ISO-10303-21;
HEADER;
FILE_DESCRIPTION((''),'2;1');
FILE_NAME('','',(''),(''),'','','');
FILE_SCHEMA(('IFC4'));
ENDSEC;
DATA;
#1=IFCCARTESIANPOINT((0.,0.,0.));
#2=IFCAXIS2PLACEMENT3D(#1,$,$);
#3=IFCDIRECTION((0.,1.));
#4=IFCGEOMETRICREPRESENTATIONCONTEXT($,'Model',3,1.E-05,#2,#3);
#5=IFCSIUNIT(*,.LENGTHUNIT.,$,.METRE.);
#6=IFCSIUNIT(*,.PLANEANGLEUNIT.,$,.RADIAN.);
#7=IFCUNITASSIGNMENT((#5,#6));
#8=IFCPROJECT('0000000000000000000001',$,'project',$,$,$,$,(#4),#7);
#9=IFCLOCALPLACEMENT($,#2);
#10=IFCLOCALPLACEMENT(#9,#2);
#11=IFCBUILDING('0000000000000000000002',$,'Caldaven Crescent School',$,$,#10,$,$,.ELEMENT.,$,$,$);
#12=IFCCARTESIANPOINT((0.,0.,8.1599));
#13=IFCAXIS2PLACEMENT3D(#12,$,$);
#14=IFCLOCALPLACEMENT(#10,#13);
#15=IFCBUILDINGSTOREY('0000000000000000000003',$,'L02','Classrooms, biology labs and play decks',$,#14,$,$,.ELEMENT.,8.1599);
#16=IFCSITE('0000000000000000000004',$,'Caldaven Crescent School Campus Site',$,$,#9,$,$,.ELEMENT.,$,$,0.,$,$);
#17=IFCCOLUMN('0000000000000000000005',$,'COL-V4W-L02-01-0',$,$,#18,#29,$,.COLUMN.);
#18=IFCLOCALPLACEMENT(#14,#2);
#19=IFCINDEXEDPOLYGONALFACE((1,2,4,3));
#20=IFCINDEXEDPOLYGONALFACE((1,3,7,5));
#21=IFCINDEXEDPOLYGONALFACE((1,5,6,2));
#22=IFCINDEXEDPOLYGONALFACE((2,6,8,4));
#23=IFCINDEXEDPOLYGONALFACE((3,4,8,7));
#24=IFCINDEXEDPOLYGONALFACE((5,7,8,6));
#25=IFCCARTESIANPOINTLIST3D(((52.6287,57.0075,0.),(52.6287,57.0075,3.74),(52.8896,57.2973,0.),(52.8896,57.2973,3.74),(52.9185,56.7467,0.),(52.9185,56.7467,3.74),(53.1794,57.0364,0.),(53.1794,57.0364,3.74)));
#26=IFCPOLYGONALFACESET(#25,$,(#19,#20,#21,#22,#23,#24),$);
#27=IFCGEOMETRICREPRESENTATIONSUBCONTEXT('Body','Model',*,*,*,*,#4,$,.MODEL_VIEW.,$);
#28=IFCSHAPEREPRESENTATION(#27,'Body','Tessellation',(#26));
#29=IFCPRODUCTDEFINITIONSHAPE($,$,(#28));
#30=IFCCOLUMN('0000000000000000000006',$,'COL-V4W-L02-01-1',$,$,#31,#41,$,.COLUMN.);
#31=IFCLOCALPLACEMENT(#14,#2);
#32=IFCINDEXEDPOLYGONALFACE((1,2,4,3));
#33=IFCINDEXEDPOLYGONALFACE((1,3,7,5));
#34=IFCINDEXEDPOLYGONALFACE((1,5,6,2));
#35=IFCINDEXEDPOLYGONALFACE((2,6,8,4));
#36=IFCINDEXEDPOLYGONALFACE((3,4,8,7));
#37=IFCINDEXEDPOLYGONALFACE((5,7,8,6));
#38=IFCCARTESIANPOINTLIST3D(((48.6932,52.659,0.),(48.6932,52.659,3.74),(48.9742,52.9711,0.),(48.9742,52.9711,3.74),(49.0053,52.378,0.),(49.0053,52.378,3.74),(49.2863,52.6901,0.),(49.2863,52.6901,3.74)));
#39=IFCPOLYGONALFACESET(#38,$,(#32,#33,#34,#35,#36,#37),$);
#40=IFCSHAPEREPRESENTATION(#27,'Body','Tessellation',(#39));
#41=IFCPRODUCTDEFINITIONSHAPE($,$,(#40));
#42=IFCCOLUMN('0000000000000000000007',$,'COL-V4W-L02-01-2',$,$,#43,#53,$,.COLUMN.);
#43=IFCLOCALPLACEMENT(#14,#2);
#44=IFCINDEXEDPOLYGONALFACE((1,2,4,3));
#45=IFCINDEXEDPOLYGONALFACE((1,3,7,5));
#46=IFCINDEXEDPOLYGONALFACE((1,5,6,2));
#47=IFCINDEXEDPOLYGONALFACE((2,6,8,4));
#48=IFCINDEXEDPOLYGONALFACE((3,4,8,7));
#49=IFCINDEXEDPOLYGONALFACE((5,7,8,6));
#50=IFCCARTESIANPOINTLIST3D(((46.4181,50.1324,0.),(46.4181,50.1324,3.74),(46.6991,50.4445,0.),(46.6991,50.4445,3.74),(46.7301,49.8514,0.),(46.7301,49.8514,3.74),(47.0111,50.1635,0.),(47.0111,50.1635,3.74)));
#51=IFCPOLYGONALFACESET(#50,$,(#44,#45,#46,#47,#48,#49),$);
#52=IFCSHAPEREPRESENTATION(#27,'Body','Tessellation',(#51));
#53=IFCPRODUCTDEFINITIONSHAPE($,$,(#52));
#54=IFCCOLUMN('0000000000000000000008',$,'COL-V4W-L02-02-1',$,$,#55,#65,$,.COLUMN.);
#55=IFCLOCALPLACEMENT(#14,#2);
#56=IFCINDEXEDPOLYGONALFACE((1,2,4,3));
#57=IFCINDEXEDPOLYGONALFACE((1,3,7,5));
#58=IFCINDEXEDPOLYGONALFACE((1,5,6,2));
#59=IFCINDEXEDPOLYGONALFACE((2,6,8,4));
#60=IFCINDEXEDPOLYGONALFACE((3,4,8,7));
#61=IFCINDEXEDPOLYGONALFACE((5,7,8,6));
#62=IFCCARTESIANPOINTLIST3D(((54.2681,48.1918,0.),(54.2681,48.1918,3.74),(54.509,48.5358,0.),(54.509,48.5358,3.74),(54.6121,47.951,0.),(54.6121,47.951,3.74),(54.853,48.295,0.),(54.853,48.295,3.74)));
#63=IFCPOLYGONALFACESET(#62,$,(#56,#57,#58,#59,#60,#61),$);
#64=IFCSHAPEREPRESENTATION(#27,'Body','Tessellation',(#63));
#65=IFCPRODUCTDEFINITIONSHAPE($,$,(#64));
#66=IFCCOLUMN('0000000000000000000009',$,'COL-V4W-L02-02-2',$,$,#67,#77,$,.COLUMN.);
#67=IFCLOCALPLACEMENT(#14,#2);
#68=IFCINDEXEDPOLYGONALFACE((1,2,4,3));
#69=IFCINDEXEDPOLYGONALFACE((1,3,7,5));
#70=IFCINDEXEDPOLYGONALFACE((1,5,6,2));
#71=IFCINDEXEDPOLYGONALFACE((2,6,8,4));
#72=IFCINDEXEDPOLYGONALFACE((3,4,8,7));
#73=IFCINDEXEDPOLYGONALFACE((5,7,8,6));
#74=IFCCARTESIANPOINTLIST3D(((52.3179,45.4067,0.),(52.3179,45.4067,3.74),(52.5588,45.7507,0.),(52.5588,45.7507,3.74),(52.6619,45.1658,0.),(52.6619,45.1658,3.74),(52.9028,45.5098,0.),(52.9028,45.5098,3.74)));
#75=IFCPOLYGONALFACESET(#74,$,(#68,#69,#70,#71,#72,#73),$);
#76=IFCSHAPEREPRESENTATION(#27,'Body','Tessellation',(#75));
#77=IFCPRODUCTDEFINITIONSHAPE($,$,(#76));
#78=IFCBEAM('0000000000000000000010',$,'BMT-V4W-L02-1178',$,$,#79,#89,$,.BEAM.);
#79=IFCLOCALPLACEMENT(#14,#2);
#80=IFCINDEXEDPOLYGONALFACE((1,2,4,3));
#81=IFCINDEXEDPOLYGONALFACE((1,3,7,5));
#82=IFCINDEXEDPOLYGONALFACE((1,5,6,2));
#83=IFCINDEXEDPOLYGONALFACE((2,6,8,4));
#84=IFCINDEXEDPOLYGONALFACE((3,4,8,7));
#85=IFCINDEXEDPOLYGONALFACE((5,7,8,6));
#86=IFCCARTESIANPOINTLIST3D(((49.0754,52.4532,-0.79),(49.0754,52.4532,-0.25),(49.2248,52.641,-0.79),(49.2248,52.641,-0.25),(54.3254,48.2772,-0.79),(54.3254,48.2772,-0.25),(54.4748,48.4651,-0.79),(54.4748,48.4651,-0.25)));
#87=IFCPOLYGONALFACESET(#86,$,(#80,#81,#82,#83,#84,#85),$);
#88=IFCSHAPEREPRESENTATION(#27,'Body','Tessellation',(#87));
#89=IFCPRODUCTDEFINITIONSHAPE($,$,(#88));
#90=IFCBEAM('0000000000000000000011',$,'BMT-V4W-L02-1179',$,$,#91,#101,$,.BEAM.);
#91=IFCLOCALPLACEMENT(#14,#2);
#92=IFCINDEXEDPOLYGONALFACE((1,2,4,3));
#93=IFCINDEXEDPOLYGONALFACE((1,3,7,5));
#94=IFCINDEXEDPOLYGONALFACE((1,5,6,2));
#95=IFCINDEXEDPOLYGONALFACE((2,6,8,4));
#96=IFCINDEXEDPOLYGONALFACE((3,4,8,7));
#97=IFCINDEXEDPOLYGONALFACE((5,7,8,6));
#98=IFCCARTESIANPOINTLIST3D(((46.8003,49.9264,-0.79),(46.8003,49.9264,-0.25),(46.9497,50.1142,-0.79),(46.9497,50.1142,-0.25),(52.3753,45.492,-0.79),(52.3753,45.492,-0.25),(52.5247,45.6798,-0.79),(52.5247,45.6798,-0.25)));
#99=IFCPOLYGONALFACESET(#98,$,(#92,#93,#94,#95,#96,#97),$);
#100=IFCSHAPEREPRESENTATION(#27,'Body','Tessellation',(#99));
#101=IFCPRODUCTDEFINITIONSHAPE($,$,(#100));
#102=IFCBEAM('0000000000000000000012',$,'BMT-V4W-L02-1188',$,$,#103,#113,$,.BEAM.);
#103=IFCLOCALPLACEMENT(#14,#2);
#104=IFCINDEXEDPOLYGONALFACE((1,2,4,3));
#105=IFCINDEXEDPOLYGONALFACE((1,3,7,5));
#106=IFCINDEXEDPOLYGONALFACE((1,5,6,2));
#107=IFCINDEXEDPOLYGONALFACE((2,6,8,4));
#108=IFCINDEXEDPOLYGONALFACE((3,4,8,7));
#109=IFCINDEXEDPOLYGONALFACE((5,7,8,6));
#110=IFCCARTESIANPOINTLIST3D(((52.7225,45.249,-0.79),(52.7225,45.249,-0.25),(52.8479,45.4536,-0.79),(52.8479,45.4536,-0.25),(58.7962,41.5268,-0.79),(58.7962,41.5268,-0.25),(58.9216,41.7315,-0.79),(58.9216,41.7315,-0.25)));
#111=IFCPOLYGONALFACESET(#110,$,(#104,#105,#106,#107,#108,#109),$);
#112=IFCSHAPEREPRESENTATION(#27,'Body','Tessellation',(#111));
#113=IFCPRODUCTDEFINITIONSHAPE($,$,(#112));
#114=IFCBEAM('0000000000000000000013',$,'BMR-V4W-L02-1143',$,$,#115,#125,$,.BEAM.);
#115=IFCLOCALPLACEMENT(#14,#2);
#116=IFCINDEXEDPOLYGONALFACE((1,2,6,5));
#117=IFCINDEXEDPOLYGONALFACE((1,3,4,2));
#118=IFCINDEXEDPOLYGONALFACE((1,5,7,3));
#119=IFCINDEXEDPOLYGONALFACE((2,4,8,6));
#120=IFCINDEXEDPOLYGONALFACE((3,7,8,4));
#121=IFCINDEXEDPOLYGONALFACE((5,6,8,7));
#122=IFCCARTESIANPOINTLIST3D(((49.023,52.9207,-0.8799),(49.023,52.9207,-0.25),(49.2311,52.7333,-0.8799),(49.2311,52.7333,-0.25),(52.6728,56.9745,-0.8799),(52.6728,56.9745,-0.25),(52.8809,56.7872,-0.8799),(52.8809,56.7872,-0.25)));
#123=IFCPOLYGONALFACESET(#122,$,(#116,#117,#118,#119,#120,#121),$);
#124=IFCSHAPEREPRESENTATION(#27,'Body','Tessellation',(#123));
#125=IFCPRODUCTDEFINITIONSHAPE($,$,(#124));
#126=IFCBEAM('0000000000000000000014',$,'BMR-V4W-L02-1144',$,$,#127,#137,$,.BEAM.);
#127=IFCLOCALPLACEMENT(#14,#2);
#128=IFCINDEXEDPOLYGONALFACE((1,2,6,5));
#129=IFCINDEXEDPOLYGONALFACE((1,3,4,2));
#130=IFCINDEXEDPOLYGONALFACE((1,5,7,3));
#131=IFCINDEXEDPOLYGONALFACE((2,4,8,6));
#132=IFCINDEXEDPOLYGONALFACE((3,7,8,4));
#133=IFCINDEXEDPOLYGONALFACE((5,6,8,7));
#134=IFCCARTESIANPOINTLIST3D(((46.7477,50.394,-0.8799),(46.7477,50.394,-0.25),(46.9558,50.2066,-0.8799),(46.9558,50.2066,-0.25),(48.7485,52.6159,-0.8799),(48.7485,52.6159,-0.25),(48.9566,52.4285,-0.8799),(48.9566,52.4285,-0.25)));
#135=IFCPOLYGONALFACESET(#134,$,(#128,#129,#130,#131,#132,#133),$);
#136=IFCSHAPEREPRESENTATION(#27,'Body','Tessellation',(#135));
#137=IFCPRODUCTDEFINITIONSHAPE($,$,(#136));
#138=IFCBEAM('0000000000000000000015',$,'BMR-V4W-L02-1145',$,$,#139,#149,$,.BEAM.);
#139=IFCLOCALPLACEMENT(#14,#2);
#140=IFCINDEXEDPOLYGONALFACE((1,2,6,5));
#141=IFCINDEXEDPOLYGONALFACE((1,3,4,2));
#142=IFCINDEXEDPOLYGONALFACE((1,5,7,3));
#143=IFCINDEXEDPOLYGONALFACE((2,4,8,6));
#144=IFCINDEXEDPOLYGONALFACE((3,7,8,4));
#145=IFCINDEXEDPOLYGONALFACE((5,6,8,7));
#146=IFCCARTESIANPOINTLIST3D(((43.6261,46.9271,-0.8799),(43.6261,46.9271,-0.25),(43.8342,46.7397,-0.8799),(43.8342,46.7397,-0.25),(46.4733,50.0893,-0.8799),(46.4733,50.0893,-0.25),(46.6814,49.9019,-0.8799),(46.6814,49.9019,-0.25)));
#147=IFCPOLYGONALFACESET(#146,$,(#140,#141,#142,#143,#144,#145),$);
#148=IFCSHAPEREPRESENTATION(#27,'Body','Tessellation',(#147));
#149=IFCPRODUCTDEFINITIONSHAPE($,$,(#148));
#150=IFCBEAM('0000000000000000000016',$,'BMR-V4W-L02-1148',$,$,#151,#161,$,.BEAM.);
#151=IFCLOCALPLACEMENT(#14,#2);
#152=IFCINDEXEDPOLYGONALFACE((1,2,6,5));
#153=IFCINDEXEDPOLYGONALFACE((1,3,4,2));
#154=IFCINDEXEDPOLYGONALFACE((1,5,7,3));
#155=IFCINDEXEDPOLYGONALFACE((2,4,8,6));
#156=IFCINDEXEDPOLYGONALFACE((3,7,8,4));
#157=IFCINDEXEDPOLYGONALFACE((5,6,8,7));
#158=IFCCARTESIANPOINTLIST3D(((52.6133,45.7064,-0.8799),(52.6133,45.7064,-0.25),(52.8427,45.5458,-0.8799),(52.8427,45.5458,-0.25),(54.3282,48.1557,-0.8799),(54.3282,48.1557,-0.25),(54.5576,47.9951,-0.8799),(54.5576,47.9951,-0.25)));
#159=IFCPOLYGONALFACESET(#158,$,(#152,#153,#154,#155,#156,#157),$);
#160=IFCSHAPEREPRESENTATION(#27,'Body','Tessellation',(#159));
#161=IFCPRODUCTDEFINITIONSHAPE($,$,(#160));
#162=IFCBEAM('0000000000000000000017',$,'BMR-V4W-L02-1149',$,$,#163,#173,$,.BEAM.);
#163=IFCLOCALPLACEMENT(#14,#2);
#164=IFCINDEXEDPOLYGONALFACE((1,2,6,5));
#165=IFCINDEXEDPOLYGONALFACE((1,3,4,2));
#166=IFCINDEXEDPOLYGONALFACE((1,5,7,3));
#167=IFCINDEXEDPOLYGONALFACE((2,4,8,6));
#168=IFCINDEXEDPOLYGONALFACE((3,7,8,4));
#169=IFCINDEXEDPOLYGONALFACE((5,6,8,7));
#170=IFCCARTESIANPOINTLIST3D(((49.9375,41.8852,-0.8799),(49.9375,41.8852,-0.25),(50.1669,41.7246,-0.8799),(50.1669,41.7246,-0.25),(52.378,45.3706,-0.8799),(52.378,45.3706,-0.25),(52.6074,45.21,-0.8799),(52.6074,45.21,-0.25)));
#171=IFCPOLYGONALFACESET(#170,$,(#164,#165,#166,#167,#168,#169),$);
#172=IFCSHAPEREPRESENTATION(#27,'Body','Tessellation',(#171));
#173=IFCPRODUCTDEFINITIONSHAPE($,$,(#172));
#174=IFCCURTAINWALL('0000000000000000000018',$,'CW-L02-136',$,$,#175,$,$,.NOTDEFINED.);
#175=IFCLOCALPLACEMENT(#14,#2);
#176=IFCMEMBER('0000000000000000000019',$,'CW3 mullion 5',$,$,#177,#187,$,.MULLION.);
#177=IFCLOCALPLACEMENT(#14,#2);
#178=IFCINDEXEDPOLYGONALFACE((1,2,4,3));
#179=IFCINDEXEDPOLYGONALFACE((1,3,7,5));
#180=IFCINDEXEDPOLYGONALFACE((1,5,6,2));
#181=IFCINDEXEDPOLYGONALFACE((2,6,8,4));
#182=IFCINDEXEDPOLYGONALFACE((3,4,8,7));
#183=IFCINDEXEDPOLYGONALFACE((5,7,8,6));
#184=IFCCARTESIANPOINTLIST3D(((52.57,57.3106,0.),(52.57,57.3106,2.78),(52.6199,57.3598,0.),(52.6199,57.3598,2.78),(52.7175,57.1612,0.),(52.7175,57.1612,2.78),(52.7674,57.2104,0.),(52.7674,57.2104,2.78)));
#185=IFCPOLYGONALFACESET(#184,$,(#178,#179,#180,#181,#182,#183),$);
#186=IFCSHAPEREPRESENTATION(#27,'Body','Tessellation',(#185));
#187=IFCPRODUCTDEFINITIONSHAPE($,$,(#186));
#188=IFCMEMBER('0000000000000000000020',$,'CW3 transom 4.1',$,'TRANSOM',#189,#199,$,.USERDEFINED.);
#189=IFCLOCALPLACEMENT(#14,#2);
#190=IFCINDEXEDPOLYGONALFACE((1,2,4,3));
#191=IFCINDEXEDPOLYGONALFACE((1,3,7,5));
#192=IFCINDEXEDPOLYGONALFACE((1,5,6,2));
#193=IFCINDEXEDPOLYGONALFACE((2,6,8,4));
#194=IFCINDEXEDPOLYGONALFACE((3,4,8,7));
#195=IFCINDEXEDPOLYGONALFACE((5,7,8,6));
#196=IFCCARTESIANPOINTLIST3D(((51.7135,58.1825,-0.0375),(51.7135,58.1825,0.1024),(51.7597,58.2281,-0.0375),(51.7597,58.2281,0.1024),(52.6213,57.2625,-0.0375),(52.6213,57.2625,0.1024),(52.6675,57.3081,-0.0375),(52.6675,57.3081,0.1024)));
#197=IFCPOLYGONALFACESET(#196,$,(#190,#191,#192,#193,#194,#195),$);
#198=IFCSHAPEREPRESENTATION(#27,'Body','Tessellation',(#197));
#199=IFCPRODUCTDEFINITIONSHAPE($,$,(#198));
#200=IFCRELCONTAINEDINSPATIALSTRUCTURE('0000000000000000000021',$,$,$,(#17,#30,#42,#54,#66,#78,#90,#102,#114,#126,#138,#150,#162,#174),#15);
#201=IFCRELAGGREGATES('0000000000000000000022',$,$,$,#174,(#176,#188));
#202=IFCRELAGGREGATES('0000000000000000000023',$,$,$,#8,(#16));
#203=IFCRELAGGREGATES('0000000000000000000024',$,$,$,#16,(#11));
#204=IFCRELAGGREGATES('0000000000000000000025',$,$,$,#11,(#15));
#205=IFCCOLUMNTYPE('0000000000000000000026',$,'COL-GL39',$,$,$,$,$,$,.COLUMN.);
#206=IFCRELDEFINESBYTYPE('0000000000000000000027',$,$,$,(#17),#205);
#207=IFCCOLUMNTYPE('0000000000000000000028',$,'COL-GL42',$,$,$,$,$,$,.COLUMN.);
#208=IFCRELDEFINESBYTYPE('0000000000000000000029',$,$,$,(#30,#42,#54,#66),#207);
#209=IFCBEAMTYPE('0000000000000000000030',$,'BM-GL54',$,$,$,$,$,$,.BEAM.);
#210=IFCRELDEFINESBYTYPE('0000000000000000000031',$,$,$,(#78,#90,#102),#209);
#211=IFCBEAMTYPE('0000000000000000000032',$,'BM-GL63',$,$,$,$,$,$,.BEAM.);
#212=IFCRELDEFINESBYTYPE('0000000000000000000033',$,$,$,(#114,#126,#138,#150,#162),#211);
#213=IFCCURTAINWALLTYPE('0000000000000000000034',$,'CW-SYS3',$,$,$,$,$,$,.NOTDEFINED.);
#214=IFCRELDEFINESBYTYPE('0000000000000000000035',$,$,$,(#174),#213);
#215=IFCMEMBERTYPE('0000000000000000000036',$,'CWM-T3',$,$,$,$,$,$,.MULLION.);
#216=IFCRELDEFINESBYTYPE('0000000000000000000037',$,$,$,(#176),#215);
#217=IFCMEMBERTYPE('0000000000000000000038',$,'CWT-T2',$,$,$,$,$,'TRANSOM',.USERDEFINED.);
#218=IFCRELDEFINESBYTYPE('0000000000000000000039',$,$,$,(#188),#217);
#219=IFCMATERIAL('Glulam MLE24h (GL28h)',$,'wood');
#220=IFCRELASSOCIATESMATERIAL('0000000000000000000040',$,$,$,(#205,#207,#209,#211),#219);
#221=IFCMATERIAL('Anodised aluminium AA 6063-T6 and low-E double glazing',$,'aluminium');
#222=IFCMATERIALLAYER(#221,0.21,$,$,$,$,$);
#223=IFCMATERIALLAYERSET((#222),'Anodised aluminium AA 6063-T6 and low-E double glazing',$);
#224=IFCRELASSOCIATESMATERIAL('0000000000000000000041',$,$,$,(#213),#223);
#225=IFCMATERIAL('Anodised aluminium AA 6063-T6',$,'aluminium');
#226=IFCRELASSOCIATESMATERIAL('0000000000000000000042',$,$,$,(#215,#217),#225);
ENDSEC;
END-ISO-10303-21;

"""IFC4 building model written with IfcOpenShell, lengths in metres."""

from ifc_helpers import new_model, si_unit, direction, frame, origin, origin_2d, place, context, subcontext, project, spatial, rectangle, extrude, material, layer, layer_set, material_profile, profile_set, type_object, element, aggregate, save


model = new_model("IFC4")

# Units and contexts
model_context = context("Model", 3, precision=1e-05, world=origin(), true_north=direction((0.0, 1.0)))
body_context = subcontext(model_context, "Body", "Model", "MODEL_VIEW")
ifc_project = project(units=[si_unit("LENGTHUNIT", "METRE"), si_unit("PLANEANGLEUNIT", "RADIAN")], contexts=[model_context])

# Site, building, storey
site_placement = place(None, origin())
site = spatial("IfcSite", under=ifc_project, at=site_placement, Name="Caldaven Crescent School Campus Site", CompositionType="ELEMENT", RefElevation=0.0)
building_placement = place(site_placement, origin())
building = spatial("IfcBuilding", under=site, at=building_placement, Name="Caldaven Crescent School", CompositionType="ELEMENT")
storey_placement = place(building_placement, frame((0.0, 0.0, 8.1599)))
storey = spatial("IfcBuildingStorey", under=building, at=storey_placement, Name="L02", Description="Classrooms, biology labs and play decks", CompositionType="ELEMENT", Elevation=8.1599)

# Columns
ifc_material_1 = material(Name="Glulam MLE24h (GL28h)", Category="wood")
ifc_material_profile_1 = material_profile(ifc_material_1, rectangle(XDim=0.3899, YDim=0.3899, at=origin_2d()), Name="MLE 390x390")
ifc_profile_set_1 = profile_set([ifc_material_profile_1], Name="Glulam MLE24h (GL28h)")
column_type_1 = type_object("IfcColumnType", Name="COL-GL39", PredefinedType="COLUMN", material=ifc_profile_set_1)
column_placement = place(storey_placement, frame((52.9041, 57.022, 0.0), z_axis=(0.0, 0.0, 1.0), x_axis=(-0.669131, -0.743145, 0.0)))
element("IfcColumn", 1, at=column_placement, inside=storey, type_object=column_type_1, Name="COL-V4W-L02-01-0", PredefinedType="COLUMN", context=body_context, shape_type="SweptSolid", body=[
    extrude(rectangle(XDim=0.3899, YDim=0.3899, at=origin_2d()), origin(), (0.0, 0.0, 1.0), 3.74),
])
ifc_material_profile_2 = material_profile(ifc_material_1, rectangle(XDim=0.4199, YDim=0.4199, at=origin_2d()), Name="MLE 420x420")
ifc_profile_set_2 = profile_set([ifc_material_profile_2], Name="Glulam MLE24h (GL28h)")
column_type_2 = type_object("IfcColumnType", Name="COL-GL42", PredefinedType="COLUMN", material=ifc_profile_set_2)
for number, where, z_axis, x_axis, name in (
    (2, (48.9897, 52.6746, 0.0), (0.0, 0.0, 1.0), (-0.669131, -0.743145, 0.0), "COL-V4W-L02-01-1"),
    (3, (46.7146, 50.1479, 0.0), (0.0, 0.0, 1.0), (-0.669131, -0.743145, 0.0), "COL-V4W-L02-01-2"),
    (4, (54.5605, 48.2434, 0.0), (0.0, 0.0, 1.0), (-0.573576, -0.819152, 0.0), "COL-V4W-L02-02-1"),
    (5, (52.6104, 45.4583, 0.0), (0.0, 0.0, 1.0), (-0.573576, -0.819152, 0.0), "COL-V4W-L02-02-2"),
):
    element("IfcColumn", number, at=place(storey_placement, frame(where, z_axis=z_axis, x_axis=x_axis)), inside=storey, type_object=column_type_2, Name=name, PredefinedType="COLUMN", context=body_context, shape_type="SweptSolid", body=[
        extrude(rectangle(XDim=0.4199, YDim=0.4199, at=origin_2d()), origin(), (0.0, 0.0, 1.0), 3.74),
    ])

# Beams
ifc_material_profile_3 = material_profile(ifc_material_1, rectangle(XDim=0.24, YDim=0.54, at=origin_2d()), Name="MLE 240x540")
ifc_profile_set_3 = profile_set([ifc_material_profile_3], Name="Glulam MLE24h (GL28h)")
beam_type_1 = type_object("IfcBeamType", Name="BM-GL54", PredefinedType="BEAM", material=ifc_profile_set_3)
beam_1_placement = place(storey_placement, frame((49.1501, 52.5471, -0.52), z_axis=(0.782609, -0.622513, 0.0), x_axis=(0.622513, 0.782609, 0.0)))
element("IfcBeam", 6, at=beam_1_placement, inside=storey, type_object=beam_type_1, Name="BMT-V4W-L02-1178", PredefinedType="BEAM", context=body_context, shape_type="SweptSolid", body=[
    extrude(rectangle(XDim=0.24, YDim=0.54, at=origin_2d()), origin(), (0.0, 0.0, 1.0), 6.7083),
])
for number, where, z_axis, x_axis, name in (
    (7, (46.875, 50.0203, -0.52), (0.782621, -0.622498, 0.0), (0.622498, 0.782621, 0.0), "BMT-V4W-L02-1179"),
    (8, (52.7852, 45.3513, -0.52), (0.852629, -0.522517, 0.0), (0.522517, 0.852629, 0.0), "BMT-V4W-L02-1188"),
):
    element("IfcBeam", number, at=place(storey_placement, frame(where, z_axis=z_axis, x_axis=x_axis)), inside=storey, type_object=beam_type_1, Name=name, PredefinedType="BEAM", context=body_context, shape_type="SweptSolid", body=[
        extrude(rectangle(XDim=0.24, YDim=0.54, at=origin_2d()), origin(), (0.0, 0.0, 1.0), 7.1235),
    ])
ifc_material_profile_4 = material_profile(ifc_material_1, rectangle(XDim=0.28, YDim=0.6299, at=origin_2d()), Name="MLE 280x630")
ifc_profile_set_4 = profile_set([ifc_material_profile_4], Name="Glulam MLE24h (GL28h)")
beam_type_2 = type_object("IfcBeamType", Name="BM-GL63", PredefinedType="BEAM", material=ifc_profile_set_4)
beam_2_placement = place(storey_placement, frame((52.7769, 56.8809, -0.5649), z_axis=(-0.669101, -0.743172, 0.0), x_axis=(0.743172, -0.669101, 0.0)))
element("IfcBeam", 9, at=beam_2_placement, inside=storey, type_object=beam_type_2, Name="BMR-V4W-L02-1143", PredefinedType="BEAM", context=body_context, shape_type="SweptSolid", body=[
    extrude(rectangle(XDim=0.28, YDim=0.6299, at=origin_2d()), origin(), (0.0, 0.0, 1.0), 5.4548),
])
beam_3_placement = place(storey_placement, frame((48.8525, 52.5222, -0.5649), z_axis=(-0.66915, -0.743128, 0.0), x_axis=(0.743128, -0.66915, 0.0)))
element("IfcBeam", 10, at=beam_3_placement, inside=storey, type_object=beam_type_2, Name="BMR-V4W-L02-1144", PredefinedType="BEAM", context=body_context, shape_type="SweptSolid", body=[
    extrude(rectangle(XDim=0.28, YDim=0.6299, at=origin_2d()), origin(), (0.0, 0.0, 1.0), 2.99),
])
beam_4_placement = place(storey_placement, frame((46.5774, 49.9956, -0.5649), z_axis=(-0.66913, -0.743146, 0.0), x_axis=(0.743146, -0.66913, 0.0)))
element("IfcBeam", 11, at=beam_4_placement, inside=storey, type_object=beam_type_2, Name="BMR-V4W-L02-1145", PredefinedType="BEAM", context=body_context, shape_type="SweptSolid", body=[
    extrude(rectangle(XDim=0.28, YDim=0.6299, at=origin_2d()), origin(), (0.0, 0.0, 1.0), 4.2551),
])
beam_5_placement = place(storey_placement, frame((54.4429, 48.0754, -0.5649), z_axis=(-0.57355, -0.819171, 0.0), x_axis=(0.819171, -0.57355, 0.0)))
element("IfcBeam", 12, at=beam_5_placement, inside=storey, type_object=beam_type_2, Name="BMR-V4W-L02-1148", PredefinedType="BEAM", context=body_context, shape_type="SweptSolid", body=[
    extrude(rectangle(XDim=0.28, YDim=0.6299, at=origin_2d()), origin(), (0.0, 0.0, 1.0), 2.99),
])
beam_6_placement = place(storey_placement, frame((52.4927, 45.2903, -0.5649), z_axis=(-0.57357, -0.819156, 0.0), x_axis=(0.819156, -0.57357, 0.0)))
element("IfcBeam", 13, at=beam_6_placement, inside=storey, type_object=beam_type_2, Name="BMR-V4W-L02-1149", PredefinedType="BEAM", context=body_context, shape_type="SweptSolid", body=[
    extrude(rectangle(XDim=0.28, YDim=0.6299, at=origin_2d()), origin(), (0.0, 0.0, 1.0), 4.2549),
])

# Curtain wall, members
ifc_material_2 = material(Name="Anodised aluminium AA 6063-T6 and low-E double glazing", Category="aluminium")
ifc_layer_1 = layer(ifc_material_2, 0.21)
ifc_layer_set_1 = layer_set([ifc_layer_1], Name="Anodised aluminium AA 6063-T6 and low-E double glazing")
curtain_wall_type = type_object("IfcCurtainWallType", Name="CW-SYS3", PredefinedType="NOTDEFINED", material=ifc_layer_set_1)
curtain_wall_placement = place(storey_placement, origin())
curtain_wall = element("IfcCurtainWall", 14, at=curtain_wall_placement, inside=storey, type_object=curtain_wall_type, Name="CW-L02-136", PredefinedType="NOTDEFINED")
ifc_material_3 = material(Name="Anodised aluminium AA 6063-T6", Category="aluminium")
ifc_material_profile_5 = material_profile(ifc_material_3, rectangle(XDim=0.0701, YDim=0.21, at=origin_2d()), Name="CWM 70x210")
ifc_profile_set_5 = profile_set([ifc_material_profile_5], Name="Anodised aluminium AA 6063-T6")
member_type_1 = type_object("IfcMemberType", Name="CWM-T3", PredefinedType="MULLION", material=ifc_profile_set_5)
member_1_placement = place(storey_placement, frame((52.6687, 57.2605, 0.0), z_axis=(0.0, 0.0, 1.0), x_axis=(0.711812, 0.70237, 0.0)))
member_1 = element("IfcMember", 15, at=member_1_placement, type_object=member_type_1, Name="CW3 mullion 5", PredefinedType="MULLION", context=body_context, shape_type="SweptSolid", body=[
    extrude(rectangle(XDim=0.0701, YDim=0.21, at=origin_2d()), origin(), (0.0, 0.0, 1.0), 2.78),
])
ifc_material_profile_6 = material_profile(ifc_material_3, rectangle(XDim=0.0649, YDim=0.1399, at=origin_2d()), Name="CWT 65x140")
ifc_profile_set_6 = profile_set([ifc_material_profile_6], Name="Anodised aluminium AA 6063-T6")
member_type_2 = type_object("IfcMemberType", Name="CWT-T2", ElementType="TRANSOM", PredefinedType="USERDEFINED", material=ifc_profile_set_6)
member_2_placement = place(storey_placement, frame((51.7366, 58.2053, 0.0325), z_axis=(0.702368, -0.711814, 0.0), x_axis=(0.711814, 0.702368, 0.0)))
member_2 = element("IfcMember", 16, at=member_2_placement, type_object=member_type_2, Name="CW3 transom 4.1", ObjectType="TRANSOM", PredefinedType="USERDEFINED", context=body_context, shape_type="SweptSolid", body=[
    extrude(rectangle(XDim=0.0649, YDim=0.1399, at=origin_2d()), origin(), (0.0, 0.0, 1.0), 1.2925),
])

aggregate(curtain_wall, [member_1, member_2])

save(model, "model.ifc")
